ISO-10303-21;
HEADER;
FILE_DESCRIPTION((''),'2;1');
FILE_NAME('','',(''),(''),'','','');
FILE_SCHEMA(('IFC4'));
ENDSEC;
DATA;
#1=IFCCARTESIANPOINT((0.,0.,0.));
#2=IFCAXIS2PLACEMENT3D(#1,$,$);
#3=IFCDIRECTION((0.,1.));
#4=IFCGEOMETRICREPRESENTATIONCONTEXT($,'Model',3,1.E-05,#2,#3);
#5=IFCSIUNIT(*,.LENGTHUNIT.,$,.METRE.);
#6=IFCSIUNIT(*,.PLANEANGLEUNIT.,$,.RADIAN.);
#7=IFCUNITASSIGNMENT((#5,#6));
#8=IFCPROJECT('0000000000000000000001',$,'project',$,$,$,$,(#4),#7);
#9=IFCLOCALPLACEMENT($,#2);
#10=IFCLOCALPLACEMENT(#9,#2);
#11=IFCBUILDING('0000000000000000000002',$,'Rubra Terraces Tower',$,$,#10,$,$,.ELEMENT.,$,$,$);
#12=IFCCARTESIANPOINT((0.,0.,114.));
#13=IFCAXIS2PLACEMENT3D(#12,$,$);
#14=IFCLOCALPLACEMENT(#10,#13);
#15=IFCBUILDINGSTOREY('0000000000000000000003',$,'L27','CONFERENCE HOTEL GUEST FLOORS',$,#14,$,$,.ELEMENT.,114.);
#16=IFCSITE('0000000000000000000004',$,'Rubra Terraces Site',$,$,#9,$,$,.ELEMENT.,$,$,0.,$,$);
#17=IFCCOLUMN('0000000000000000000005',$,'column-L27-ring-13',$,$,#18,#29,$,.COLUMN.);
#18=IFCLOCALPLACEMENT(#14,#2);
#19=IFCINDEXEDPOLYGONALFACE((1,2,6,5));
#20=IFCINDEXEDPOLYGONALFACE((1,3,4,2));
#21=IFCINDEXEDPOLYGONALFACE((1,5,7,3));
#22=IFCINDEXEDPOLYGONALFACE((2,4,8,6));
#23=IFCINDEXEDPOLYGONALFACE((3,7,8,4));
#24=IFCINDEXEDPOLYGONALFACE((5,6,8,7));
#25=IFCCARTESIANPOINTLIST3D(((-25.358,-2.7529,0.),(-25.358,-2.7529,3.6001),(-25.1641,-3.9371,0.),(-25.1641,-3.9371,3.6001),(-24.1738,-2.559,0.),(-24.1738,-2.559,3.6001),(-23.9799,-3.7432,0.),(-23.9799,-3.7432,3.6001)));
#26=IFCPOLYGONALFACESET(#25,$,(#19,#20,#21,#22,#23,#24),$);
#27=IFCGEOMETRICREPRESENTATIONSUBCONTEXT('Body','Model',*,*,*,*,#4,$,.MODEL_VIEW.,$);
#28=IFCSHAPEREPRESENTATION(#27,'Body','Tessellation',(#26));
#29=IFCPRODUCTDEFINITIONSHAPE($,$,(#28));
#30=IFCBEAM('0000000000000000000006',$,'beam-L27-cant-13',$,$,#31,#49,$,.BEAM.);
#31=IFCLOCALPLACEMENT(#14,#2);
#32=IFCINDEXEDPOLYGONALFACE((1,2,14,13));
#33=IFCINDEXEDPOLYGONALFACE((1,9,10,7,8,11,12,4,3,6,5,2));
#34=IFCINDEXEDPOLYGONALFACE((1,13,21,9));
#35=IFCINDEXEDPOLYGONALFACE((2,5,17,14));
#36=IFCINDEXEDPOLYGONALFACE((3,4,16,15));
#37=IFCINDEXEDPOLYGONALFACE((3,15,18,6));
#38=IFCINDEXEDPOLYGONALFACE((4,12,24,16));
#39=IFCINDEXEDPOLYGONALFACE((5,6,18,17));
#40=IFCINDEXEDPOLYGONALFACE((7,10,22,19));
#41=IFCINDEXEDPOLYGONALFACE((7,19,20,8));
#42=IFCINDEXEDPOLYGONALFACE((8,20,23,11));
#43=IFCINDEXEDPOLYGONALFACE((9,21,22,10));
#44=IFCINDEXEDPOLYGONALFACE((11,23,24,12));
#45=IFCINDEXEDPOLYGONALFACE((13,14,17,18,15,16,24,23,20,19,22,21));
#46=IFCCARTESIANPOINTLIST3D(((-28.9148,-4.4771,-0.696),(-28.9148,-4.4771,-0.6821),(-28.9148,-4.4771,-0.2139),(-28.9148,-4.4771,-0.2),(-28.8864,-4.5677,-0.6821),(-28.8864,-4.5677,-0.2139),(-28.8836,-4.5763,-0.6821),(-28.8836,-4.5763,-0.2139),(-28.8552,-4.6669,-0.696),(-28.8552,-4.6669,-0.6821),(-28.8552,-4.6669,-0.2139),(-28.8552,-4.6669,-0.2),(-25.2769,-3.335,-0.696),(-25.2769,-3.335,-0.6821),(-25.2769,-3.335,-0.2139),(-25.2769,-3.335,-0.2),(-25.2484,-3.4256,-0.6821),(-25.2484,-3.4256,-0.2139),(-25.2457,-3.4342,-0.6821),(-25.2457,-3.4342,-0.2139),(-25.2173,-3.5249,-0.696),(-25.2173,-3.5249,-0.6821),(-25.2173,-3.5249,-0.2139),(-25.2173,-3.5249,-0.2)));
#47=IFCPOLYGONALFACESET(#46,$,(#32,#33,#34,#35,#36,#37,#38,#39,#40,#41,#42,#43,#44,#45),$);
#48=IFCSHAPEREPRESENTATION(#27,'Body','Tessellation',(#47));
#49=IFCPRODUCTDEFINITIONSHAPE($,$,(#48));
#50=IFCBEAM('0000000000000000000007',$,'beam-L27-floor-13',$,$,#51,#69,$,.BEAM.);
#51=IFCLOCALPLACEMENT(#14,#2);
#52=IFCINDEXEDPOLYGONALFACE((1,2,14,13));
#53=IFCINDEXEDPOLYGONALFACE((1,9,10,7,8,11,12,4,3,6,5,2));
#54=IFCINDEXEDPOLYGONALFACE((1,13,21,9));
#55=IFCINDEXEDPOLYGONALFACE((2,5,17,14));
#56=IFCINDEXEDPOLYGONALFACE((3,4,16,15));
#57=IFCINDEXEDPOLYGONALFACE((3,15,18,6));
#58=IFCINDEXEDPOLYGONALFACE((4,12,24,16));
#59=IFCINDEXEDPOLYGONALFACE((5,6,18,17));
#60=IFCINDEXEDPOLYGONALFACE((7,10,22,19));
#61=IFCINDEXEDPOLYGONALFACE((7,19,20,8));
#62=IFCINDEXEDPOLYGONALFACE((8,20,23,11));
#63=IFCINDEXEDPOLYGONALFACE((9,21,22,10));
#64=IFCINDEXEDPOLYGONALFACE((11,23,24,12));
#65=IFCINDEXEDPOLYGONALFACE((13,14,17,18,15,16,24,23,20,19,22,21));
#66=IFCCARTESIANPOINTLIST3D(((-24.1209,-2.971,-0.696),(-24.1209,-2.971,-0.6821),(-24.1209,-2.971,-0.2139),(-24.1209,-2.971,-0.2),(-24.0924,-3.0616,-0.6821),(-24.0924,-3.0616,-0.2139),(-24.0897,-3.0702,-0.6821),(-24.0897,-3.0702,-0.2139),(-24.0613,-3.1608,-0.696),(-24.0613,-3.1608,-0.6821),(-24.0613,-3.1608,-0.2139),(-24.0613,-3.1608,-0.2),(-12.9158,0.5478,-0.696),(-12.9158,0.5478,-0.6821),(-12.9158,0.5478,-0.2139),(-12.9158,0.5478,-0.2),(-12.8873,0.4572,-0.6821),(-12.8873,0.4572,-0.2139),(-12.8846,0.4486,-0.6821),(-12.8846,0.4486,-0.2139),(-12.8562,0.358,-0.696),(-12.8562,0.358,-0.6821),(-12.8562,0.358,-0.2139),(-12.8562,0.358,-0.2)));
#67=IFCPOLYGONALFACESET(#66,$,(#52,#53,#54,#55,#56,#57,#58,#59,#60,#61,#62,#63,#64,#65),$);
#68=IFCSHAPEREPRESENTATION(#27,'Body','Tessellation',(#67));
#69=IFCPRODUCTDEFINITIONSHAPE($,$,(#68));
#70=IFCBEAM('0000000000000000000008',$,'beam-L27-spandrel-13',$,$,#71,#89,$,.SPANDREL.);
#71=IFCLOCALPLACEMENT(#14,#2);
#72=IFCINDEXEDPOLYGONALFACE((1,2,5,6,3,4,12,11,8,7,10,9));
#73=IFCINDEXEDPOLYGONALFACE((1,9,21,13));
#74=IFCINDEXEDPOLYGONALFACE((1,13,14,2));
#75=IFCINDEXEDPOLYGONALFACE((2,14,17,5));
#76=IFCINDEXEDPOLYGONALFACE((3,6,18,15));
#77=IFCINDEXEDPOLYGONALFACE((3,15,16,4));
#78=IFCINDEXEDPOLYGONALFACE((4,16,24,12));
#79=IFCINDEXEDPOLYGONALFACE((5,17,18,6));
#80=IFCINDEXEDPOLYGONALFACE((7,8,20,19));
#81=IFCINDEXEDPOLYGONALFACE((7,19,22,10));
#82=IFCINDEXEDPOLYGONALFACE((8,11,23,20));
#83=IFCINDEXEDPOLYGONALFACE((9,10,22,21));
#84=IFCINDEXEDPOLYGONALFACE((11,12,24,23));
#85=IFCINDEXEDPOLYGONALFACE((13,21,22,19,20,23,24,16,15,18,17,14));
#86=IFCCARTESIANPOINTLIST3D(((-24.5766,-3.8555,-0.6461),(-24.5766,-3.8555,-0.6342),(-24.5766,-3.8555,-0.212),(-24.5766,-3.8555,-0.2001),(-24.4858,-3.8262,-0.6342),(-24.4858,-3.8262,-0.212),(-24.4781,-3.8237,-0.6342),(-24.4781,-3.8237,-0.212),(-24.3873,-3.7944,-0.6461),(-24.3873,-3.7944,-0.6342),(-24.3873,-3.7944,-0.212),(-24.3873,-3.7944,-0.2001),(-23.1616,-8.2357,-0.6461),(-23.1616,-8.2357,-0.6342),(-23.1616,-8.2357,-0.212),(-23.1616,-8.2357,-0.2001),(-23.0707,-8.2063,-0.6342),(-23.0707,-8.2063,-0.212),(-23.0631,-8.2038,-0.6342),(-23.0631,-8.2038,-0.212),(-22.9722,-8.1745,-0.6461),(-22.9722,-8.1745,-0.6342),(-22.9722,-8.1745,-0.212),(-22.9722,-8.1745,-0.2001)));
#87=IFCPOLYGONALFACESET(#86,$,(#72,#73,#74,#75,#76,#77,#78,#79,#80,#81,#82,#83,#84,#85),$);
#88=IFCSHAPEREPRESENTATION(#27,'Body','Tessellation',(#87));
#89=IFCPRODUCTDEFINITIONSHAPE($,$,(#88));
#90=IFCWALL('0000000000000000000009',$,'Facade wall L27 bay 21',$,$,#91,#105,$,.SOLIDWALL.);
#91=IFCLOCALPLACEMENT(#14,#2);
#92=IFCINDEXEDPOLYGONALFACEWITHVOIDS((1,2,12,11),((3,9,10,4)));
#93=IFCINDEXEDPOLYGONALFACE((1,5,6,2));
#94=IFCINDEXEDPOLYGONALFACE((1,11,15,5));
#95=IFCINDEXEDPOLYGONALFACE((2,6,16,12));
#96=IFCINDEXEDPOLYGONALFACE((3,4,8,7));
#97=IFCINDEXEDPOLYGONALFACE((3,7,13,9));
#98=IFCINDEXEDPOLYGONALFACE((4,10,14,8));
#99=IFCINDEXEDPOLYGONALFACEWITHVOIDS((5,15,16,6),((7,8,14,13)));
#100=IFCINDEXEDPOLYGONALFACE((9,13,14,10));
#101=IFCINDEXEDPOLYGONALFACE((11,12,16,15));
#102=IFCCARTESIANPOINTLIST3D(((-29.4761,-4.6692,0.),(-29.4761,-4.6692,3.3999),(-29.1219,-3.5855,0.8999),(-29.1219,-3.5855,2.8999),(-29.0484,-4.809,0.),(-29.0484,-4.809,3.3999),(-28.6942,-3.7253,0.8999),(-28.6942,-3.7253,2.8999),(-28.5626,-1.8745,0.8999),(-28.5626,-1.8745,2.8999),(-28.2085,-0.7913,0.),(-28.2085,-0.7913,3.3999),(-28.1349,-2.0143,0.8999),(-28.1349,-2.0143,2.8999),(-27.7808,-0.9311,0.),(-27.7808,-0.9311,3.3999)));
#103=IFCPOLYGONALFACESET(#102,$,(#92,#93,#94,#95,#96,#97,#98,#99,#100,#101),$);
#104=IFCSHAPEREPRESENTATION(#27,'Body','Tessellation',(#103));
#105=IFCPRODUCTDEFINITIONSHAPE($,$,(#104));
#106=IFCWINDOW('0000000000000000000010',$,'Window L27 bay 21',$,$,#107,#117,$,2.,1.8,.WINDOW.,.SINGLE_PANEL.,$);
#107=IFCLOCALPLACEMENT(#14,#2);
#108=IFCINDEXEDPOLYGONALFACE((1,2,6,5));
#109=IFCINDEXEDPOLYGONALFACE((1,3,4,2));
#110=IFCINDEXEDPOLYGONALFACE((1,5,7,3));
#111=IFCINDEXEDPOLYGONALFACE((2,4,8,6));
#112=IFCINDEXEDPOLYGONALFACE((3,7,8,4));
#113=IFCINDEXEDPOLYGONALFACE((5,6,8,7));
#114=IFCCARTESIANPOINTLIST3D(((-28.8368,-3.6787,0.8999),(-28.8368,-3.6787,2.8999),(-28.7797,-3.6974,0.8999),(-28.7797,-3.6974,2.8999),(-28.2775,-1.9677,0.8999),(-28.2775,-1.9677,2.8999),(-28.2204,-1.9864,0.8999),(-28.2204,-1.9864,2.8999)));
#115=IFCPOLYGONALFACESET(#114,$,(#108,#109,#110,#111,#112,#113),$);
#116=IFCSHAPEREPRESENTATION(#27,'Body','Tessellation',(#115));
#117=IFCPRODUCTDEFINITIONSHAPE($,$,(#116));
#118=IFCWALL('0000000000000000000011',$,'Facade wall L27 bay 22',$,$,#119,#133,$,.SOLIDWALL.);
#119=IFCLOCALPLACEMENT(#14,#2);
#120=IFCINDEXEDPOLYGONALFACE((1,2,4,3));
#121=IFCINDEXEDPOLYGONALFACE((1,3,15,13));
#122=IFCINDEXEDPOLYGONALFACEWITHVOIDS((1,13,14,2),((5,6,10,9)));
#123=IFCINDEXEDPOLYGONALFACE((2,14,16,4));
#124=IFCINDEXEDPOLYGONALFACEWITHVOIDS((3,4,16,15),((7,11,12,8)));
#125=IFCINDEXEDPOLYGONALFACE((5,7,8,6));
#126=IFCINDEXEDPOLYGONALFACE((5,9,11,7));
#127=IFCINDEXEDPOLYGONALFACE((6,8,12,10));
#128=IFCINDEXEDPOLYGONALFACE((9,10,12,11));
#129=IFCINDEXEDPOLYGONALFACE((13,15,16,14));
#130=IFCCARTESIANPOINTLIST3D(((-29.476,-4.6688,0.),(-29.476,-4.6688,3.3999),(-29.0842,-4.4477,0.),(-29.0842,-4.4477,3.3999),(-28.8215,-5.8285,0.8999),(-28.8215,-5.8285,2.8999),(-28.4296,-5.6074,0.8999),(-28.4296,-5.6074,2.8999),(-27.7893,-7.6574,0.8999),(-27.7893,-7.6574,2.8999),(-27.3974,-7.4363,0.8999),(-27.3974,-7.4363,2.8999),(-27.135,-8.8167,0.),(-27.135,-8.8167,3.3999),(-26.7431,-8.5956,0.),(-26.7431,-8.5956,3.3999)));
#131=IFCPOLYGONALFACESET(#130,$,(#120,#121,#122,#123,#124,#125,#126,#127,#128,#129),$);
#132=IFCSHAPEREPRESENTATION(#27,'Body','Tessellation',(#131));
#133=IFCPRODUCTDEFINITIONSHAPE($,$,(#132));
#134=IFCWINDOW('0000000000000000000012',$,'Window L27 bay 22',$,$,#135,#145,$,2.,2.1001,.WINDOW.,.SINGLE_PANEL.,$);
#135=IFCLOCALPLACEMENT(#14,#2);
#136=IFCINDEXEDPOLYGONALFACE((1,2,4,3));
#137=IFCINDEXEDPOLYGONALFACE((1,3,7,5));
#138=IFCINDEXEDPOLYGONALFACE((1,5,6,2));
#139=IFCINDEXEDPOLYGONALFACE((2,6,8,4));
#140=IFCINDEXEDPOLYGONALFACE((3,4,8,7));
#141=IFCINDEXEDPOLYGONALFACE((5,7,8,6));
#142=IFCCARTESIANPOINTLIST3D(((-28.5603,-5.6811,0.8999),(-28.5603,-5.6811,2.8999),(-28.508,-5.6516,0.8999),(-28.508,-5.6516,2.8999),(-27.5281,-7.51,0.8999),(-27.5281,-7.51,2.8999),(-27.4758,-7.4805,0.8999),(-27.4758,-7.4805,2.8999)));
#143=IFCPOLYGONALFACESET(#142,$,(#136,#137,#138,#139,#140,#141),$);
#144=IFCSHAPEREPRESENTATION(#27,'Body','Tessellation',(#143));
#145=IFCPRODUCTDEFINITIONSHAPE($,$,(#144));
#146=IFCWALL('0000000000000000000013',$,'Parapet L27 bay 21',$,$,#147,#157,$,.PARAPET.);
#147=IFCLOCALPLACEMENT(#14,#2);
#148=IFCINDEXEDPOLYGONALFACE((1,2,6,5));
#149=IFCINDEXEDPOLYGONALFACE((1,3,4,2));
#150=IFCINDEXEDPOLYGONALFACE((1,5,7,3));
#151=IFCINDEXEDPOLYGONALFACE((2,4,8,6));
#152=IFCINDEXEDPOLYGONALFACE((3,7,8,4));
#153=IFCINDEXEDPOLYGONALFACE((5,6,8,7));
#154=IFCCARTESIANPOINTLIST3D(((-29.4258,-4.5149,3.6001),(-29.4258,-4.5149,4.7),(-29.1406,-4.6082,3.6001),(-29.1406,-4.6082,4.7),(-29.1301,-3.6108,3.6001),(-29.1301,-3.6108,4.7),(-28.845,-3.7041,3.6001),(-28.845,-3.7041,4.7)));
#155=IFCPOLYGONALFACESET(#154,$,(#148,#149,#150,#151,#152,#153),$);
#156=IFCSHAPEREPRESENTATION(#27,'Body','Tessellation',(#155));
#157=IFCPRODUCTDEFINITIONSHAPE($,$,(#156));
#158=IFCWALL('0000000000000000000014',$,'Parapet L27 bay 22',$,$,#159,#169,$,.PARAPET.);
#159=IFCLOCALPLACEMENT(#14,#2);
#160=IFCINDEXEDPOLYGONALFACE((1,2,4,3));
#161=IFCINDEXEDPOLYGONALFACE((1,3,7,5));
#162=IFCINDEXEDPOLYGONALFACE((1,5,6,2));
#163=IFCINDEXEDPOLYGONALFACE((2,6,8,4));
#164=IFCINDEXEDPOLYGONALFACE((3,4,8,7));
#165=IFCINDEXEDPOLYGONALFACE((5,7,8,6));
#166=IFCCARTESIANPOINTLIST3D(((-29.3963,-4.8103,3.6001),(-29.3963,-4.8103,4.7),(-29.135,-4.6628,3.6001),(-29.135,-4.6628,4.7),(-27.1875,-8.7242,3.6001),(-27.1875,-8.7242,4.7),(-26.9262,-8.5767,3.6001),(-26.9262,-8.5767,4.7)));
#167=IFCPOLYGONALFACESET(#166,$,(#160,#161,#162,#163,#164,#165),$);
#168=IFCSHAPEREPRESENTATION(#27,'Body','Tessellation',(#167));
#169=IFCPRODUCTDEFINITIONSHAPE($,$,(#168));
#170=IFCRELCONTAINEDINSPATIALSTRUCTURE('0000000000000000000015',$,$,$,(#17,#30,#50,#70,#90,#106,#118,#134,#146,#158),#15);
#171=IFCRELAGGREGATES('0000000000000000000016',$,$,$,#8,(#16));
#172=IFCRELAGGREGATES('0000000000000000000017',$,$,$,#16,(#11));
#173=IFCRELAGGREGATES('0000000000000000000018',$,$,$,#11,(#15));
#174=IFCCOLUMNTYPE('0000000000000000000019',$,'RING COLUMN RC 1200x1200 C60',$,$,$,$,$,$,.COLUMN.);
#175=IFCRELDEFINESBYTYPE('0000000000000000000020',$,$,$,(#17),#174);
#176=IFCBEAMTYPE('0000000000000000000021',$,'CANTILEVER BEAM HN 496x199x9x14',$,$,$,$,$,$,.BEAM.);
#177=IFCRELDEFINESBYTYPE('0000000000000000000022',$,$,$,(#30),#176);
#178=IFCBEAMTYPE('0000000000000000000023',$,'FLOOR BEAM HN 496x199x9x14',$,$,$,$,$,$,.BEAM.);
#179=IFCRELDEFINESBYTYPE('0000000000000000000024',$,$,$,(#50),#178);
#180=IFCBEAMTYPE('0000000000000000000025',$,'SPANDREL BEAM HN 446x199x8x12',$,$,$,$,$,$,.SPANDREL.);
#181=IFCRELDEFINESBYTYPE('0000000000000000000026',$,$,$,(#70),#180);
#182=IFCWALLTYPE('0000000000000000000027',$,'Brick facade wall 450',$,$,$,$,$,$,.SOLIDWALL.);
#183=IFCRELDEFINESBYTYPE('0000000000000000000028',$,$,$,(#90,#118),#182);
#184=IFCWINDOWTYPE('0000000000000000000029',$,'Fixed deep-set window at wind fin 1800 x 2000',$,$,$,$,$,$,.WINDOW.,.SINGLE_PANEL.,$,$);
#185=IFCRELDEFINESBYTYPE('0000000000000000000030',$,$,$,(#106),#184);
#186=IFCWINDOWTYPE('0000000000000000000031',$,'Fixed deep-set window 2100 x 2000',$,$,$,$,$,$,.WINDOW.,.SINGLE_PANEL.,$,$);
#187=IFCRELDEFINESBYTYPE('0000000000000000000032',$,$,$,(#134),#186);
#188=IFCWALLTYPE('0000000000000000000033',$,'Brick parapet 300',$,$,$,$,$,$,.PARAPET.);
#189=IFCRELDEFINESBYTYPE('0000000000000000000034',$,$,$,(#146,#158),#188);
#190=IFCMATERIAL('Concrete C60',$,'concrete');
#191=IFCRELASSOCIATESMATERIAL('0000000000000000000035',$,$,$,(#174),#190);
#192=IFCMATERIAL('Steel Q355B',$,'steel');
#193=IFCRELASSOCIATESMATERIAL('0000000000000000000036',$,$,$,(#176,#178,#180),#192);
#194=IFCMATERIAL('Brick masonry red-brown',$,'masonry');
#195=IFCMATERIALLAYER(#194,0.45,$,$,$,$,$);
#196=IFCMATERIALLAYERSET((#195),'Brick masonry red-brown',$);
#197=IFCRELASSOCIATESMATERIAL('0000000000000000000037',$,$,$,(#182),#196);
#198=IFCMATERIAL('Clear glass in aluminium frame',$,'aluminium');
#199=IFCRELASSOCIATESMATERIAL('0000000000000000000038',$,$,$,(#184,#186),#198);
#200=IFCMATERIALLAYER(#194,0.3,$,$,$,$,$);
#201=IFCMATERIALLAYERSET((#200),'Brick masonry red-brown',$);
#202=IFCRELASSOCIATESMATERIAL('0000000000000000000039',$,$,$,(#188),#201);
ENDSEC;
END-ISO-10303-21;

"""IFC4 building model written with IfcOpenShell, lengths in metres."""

from ifc_helpers import new_model, si_unit, direction, frame, frame_2d, origin, origin_2d, place, context, subcontext, project, spatial, rectangle, i_section, extrude, material, layer, layer_set, material_profile, profile_set, type_object, element, fill, save


model = new_model("IFC4")

# Units and contexts
model_context = context("Model", 3, precision=1e-05, world=origin(), true_north=direction((0.0, 1.0)))
body_context = subcontext(model_context, "Body", "Model", "MODEL_VIEW")
ifc_project = project(units=[si_unit("LENGTHUNIT", "METRE"), si_unit("PLANEANGLEUNIT", "RADIAN")], contexts=[model_context])

# Site, building, storey
site_placement = place(None, origin())
site = spatial("IfcSite", under=ifc_project, at=site_placement, Name="Rubra Terraces Site", CompositionType="ELEMENT", RefElevation=0.0)
building_placement = place(site_placement, origin())
building = spatial("IfcBuilding", under=site, at=building_placement, Name="Rubra Terraces Tower", CompositionType="ELEMENT")
storey_placement = place(building_placement, frame((0.0, 0.0, 114.0)))
storey = spatial("IfcBuildingStorey", under=building, at=storey_placement, Name="L27", Description="CONFERENCE HOTEL GUEST FLOORS", CompositionType="ELEMENT", Elevation=114.0)

# Column
ifc_material_1 = material(Name="Concrete C60", Category="concrete")
ifc_material_profile_1 = material_profile(ifc_material_1, rectangle(XDim=1.2, YDim=1.2, at=origin_2d()), Name="RC 1200x1200")
ifc_profile_set_1 = profile_set([ifc_material_profile_1], Name="Concrete C60")
column_type = type_object("IfcColumnType", Name="RING COLUMN RC 1200x1200 C60", PredefinedType="COLUMN", material=ifc_profile_set_1)
column_placement = place(storey_placement, frame((-24.6689, -3.248, 0.0), z_axis=(0.0, 0.0, 1.0), x_axis=(0.161559, -0.986863, 0.0)))
element("IfcColumn", 1, at=column_placement, inside=storey, type_object=column_type, Name="column-L27-ring-13", PredefinedType="COLUMN", context=body_context, shape_type="SweptSolid", body=[
    extrude(rectangle(XDim=1.2, YDim=1.2, at=origin_2d()), origin(), (0.0, 0.0, 1.0), 3.6001),
])

# Beams
ifc_material_2 = material(Name="Steel Q355B", Category="steel")
ifc_material_profile_2 = material_profile(ifc_material_2, i_section(OverallWidth=0.199, OverallDepth=0.4961, WebThickness=0.009, FlangeThickness=0.0139, at=origin_2d()), Name="HN 496x199x9x14")
ifc_profile_set_2 = profile_set([ifc_material_profile_2], Name="Steel Q355B")
beam_type_1 = type_object("IfcBeamType", Name="CANTILEVER BEAM HN 496x199x9x14", PredefinedType="BEAM", material=ifc_profile_set_2)
beam_1_placement = place(storey_placement, frame((-25.2471, -3.4299, -0.448), z_axis=(-0.954088, -0.299525, 0.0), x_axis=(0.299525, -0.954088, 0.0)))
element("IfcBeam", 2, at=beam_1_placement, inside=storey, type_object=beam_type_1, Name="beam-L27-cant-13", PredefinedType="BEAM", context=body_context, shape_type="SweptSolid", body=[
    extrude(i_section(OverallWidth=0.199, OverallDepth=0.4961, WebThickness=0.009, FlangeThickness=0.0139, at=origin_2d()), origin(), (0.0, 0.0, 1.0), 3.813),
])
ifc_material_profile_3 = material_profile(ifc_material_2, i_section(OverallWidth=0.199, OverallDepth=0.4961, WebThickness=0.009, FlangeThickness=0.0139, at=origin_2d()), Name="HN 496x199x9x14")
ifc_profile_set_3 = profile_set([ifc_material_profile_3], Name="Steel Q355B")
beam_type_2 = type_object("IfcBeamType", Name="FLOOR BEAM HN 496x199x9x14", PredefinedType="BEAM", material=ifc_profile_set_3)
beam_2_placement = place(storey_placement, frame((-24.0911, -3.0659, -0.448), z_axis=(0.954062, 0.29961, 0.0), x_axis=(-0.29961, 0.954062, 0.0)))
element("IfcBeam", 3, at=beam_2_placement, inside=storey, type_object=beam_type_2, Name="beam-L27-floor-13", PredefinedType="BEAM", context=body_context, shape_type="SweptSolid", body=[
    extrude(i_section(OverallWidth=0.199, OverallDepth=0.4961, WebThickness=0.009, FlangeThickness=0.0139, at=origin_2d()), origin(), (0.0, 0.0, 1.0), 11.7446),
])
ifc_material_profile_4 = material_profile(ifc_material_2, i_section(OverallWidth=0.199, OverallDepth=0.446, WebThickness=0.0081, FlangeThickness=0.012, at=origin_2d()), Name="HN 446x199x8x12")
ifc_profile_set_4 = profile_set([ifc_material_profile_4], Name="Steel Q355B")
beam_type_3 = type_object("IfcBeamType", Name="SPANDREL BEAM HN 446x199x8x12", PredefinedType="SPANDREL", material=ifc_profile_set_4)
beam_3_placement = place(storey_placement, frame((-24.4819, -3.825, -0.4231), z_axis=(0.307415, -0.951576, 0.0), x_axis=(0.951576, 0.307415, 0.0)))
element("IfcBeam", 4, at=beam_3_placement, inside=storey, type_object=beam_type_3, Name="beam-L27-spandrel-13", PredefinedType="SPANDREL", context=body_context, shape_type="SweptSolid", body=[
    extrude(i_section(OverallWidth=0.199, OverallDepth=0.446, WebThickness=0.0081, FlangeThickness=0.012, at=origin_2d()), origin(), (0.0, 0.0, 1.0), 4.603),
])

# Walls, openings, windows
ifc_material_3 = material(Name="Brick masonry red-brown", Category="masonry")
ifc_layer_1 = layer(ifc_material_3, 0.45)
ifc_layer_set_1 = layer_set([ifc_layer_1], Name="Brick masonry red-brown")
wall_type_1 = type_object("IfcWallType", Name="Brick facade wall 450", PredefinedType="SOLIDWALL", material=ifc_layer_set_1)
wall_1_placement = place(storey_placement, frame((-27.9946, -0.8611, 0.0), z_axis=(0.0, 0.0, 1.0), x_axis=(-0.310693, -0.95051, 0.0)))
wall_1 = element("IfcWall", 5, at=wall_1_placement, inside=storey, type_object=wall_type_1, Name="Facade wall L27 bay 21", PredefinedType="SOLIDWALL", context=body_context, shape_type="SweptSolid", body=[
    extrude(rectangle(XDim=4.0798, YDim=0.45, at=frame_2d((2.04, 0.0))), origin(), (0.0, 0.0, 1.0), 3.3999),
])
opening_1_placement = place(wall_1_placement, frame((1.1399, 0.0, 0.8999)))
opening_1 = element("IfcOpeningElement", 6, at=opening_1_placement, cuts=wall_1, PredefinedType="OPENING", context=body_context, shape_type="SweptSolid", body=[
    extrude(rectangle(XDim=1.8, YDim=2.0, at=frame_2d((0.8999, 1.0))), frame((0.0, 0.2349, 0.0), z_axis=(0.0, -1.0, 0.0), x_axis=(1.0, 0.0, 0.0)), (0.0, 0.0, 1.0), 0.47),
])
ifc_material_4 = material(Name="Clear glass in aluminium frame", Category="aluminium")
window_type_1 = type_object("IfcWindowType", Name="Fixed deep-set window at wind fin 1800 x 2000", PartitioningType="SINGLE_PANEL", PredefinedType="WINDOW", material=ifc_material_4)
window_1_placement = place(opening_1_placement, origin())
window_1 = element("IfcWindow", 7, at=window_1_placement, inside=storey, type_object=window_type_1, Name="Window L27 bay 21", OverallHeight=2.0, OverallWidth=1.8, PartitioningType="SINGLE_PANEL", PredefinedType="WINDOW", context=body_context, shape_type="SweptSolid", body=[
    extrude(rectangle(XDim=1.8, YDim=2.0, at=frame_2d((0.8999, 1.0))), frame((0.0, 0.135, 0.0), z_axis=(0.0, -1.0, 0.0), x_axis=(1.0, 0.0, 0.0)), (0.0, 0.0, 1.0), 0.0601),
])
fill(opening_1, window_1)
wall_2_placement = place(storey_placement, frame((-29.28, -4.5583, 0.0), z_axis=(0.0, 0.0, 1.0), x_axis=(0.491512, -0.870871, 0.0)))
wall_2 = element("IfcWall", 8, at=wall_2_placement, inside=storey, type_object=wall_type_1, Name="Facade wall L27 bay 22", PredefinedType="SOLIDWALL", context=body_context, shape_type="SweptSolid", body=[
    extrude(rectangle(XDim=4.7629, YDim=0.45, at=frame_2d((2.3813, 0.0))), origin(), (0.0, 0.0, 1.0), 3.3999),
])
opening_2_placement = place(wall_2_placement, frame((1.3315, 0.0, 0.8999)))
opening_2 = element("IfcOpeningElement", 9, at=opening_2_placement, cuts=wall_2, PredefinedType="OPENING", context=body_context, shape_type="SweptSolid", body=[
    extrude(rectangle(XDim=2.1001, YDim=2.0, at=frame_2d((1.05, 1.0))), frame((0.0, 0.2349, 0.0), z_axis=(0.0, -1.0, 0.0), x_axis=(1.0, 0.0, 0.0)), (0.0, 0.0, 1.0), 0.47),
])
window_type_2 = type_object("IfcWindowType", Name="Fixed deep-set window 2100 x 2000", PartitioningType="SINGLE_PANEL", PredefinedType="WINDOW", material=ifc_material_4)
window_2_placement = place(opening_2_placement, origin())
window_2 = element("IfcWindow", 10, at=window_2_placement, inside=storey, type_object=window_type_2, Name="Window L27 bay 22", OverallHeight=2.0, OverallWidth=2.1001, PartitioningType="SINGLE_PANEL", PredefinedType="WINDOW", context=body_context, shape_type="SweptSolid", body=[
    extrude(rectangle(XDim=2.1001, YDim=2.0, at=frame_2d((1.05, 1.0))), frame((0.0, 0.135, 0.0), z_axis=(0.0, -1.0, 0.0), x_axis=(1.0, 0.0, 0.0)), (0.0, 0.0, 1.0), 0.0601),
])
fill(opening_2, window_2)

# Walls
ifc_layer_2 = layer(ifc_material_3, 0.3)
ifc_layer_set_2 = layer_set([ifc_layer_2], Name="Brick masonry red-brown")
wall_type_2 = type_object("IfcWallType", Name="Brick parapet 300", PredefinedType="PARAPET", material=ifc_layer_set_2)
wall_3_placement = place(storey_placement, frame((-28.9875, -3.6575, 3.6001), z_axis=(0.0, 0.0, 1.0), x_axis=(-0.310833, -0.950465, 0.0)))
element("IfcWall", 11, at=wall_3_placement, inside=storey, type_object=wall_type_2, Name="Parapet L27 bay 21", PredefinedType="PARAPET", context=body_context, shape_type="SweptSolid", body=[
    extrude(rectangle(XDim=0.9512, YDim=0.3, at=frame_2d((0.4756, 0.0))), origin(), (0.0, 0.0, 1.0), 1.0999),
])
wall_4_placement = place(storey_placement, frame((-29.2656, -4.7366, 3.6001), z_axis=(0.0, 0.0, 1.0), x_axis=(0.491481, -0.870888, 0.0)))
element("IfcWall", 12, at=wall_4_placement, inside=storey, type_object=wall_type_2, Name="Parapet L27 bay 22", PredefinedType="PARAPET", context=body_context, shape_type="SweptSolid", body=[
    extrude(rectangle(XDim=4.4941, YDim=0.3, at=frame_2d((2.2471, 0.0))), origin(), (0.0, 0.0, 1.0), 1.0999),
])

save(model, "model.ifc")
